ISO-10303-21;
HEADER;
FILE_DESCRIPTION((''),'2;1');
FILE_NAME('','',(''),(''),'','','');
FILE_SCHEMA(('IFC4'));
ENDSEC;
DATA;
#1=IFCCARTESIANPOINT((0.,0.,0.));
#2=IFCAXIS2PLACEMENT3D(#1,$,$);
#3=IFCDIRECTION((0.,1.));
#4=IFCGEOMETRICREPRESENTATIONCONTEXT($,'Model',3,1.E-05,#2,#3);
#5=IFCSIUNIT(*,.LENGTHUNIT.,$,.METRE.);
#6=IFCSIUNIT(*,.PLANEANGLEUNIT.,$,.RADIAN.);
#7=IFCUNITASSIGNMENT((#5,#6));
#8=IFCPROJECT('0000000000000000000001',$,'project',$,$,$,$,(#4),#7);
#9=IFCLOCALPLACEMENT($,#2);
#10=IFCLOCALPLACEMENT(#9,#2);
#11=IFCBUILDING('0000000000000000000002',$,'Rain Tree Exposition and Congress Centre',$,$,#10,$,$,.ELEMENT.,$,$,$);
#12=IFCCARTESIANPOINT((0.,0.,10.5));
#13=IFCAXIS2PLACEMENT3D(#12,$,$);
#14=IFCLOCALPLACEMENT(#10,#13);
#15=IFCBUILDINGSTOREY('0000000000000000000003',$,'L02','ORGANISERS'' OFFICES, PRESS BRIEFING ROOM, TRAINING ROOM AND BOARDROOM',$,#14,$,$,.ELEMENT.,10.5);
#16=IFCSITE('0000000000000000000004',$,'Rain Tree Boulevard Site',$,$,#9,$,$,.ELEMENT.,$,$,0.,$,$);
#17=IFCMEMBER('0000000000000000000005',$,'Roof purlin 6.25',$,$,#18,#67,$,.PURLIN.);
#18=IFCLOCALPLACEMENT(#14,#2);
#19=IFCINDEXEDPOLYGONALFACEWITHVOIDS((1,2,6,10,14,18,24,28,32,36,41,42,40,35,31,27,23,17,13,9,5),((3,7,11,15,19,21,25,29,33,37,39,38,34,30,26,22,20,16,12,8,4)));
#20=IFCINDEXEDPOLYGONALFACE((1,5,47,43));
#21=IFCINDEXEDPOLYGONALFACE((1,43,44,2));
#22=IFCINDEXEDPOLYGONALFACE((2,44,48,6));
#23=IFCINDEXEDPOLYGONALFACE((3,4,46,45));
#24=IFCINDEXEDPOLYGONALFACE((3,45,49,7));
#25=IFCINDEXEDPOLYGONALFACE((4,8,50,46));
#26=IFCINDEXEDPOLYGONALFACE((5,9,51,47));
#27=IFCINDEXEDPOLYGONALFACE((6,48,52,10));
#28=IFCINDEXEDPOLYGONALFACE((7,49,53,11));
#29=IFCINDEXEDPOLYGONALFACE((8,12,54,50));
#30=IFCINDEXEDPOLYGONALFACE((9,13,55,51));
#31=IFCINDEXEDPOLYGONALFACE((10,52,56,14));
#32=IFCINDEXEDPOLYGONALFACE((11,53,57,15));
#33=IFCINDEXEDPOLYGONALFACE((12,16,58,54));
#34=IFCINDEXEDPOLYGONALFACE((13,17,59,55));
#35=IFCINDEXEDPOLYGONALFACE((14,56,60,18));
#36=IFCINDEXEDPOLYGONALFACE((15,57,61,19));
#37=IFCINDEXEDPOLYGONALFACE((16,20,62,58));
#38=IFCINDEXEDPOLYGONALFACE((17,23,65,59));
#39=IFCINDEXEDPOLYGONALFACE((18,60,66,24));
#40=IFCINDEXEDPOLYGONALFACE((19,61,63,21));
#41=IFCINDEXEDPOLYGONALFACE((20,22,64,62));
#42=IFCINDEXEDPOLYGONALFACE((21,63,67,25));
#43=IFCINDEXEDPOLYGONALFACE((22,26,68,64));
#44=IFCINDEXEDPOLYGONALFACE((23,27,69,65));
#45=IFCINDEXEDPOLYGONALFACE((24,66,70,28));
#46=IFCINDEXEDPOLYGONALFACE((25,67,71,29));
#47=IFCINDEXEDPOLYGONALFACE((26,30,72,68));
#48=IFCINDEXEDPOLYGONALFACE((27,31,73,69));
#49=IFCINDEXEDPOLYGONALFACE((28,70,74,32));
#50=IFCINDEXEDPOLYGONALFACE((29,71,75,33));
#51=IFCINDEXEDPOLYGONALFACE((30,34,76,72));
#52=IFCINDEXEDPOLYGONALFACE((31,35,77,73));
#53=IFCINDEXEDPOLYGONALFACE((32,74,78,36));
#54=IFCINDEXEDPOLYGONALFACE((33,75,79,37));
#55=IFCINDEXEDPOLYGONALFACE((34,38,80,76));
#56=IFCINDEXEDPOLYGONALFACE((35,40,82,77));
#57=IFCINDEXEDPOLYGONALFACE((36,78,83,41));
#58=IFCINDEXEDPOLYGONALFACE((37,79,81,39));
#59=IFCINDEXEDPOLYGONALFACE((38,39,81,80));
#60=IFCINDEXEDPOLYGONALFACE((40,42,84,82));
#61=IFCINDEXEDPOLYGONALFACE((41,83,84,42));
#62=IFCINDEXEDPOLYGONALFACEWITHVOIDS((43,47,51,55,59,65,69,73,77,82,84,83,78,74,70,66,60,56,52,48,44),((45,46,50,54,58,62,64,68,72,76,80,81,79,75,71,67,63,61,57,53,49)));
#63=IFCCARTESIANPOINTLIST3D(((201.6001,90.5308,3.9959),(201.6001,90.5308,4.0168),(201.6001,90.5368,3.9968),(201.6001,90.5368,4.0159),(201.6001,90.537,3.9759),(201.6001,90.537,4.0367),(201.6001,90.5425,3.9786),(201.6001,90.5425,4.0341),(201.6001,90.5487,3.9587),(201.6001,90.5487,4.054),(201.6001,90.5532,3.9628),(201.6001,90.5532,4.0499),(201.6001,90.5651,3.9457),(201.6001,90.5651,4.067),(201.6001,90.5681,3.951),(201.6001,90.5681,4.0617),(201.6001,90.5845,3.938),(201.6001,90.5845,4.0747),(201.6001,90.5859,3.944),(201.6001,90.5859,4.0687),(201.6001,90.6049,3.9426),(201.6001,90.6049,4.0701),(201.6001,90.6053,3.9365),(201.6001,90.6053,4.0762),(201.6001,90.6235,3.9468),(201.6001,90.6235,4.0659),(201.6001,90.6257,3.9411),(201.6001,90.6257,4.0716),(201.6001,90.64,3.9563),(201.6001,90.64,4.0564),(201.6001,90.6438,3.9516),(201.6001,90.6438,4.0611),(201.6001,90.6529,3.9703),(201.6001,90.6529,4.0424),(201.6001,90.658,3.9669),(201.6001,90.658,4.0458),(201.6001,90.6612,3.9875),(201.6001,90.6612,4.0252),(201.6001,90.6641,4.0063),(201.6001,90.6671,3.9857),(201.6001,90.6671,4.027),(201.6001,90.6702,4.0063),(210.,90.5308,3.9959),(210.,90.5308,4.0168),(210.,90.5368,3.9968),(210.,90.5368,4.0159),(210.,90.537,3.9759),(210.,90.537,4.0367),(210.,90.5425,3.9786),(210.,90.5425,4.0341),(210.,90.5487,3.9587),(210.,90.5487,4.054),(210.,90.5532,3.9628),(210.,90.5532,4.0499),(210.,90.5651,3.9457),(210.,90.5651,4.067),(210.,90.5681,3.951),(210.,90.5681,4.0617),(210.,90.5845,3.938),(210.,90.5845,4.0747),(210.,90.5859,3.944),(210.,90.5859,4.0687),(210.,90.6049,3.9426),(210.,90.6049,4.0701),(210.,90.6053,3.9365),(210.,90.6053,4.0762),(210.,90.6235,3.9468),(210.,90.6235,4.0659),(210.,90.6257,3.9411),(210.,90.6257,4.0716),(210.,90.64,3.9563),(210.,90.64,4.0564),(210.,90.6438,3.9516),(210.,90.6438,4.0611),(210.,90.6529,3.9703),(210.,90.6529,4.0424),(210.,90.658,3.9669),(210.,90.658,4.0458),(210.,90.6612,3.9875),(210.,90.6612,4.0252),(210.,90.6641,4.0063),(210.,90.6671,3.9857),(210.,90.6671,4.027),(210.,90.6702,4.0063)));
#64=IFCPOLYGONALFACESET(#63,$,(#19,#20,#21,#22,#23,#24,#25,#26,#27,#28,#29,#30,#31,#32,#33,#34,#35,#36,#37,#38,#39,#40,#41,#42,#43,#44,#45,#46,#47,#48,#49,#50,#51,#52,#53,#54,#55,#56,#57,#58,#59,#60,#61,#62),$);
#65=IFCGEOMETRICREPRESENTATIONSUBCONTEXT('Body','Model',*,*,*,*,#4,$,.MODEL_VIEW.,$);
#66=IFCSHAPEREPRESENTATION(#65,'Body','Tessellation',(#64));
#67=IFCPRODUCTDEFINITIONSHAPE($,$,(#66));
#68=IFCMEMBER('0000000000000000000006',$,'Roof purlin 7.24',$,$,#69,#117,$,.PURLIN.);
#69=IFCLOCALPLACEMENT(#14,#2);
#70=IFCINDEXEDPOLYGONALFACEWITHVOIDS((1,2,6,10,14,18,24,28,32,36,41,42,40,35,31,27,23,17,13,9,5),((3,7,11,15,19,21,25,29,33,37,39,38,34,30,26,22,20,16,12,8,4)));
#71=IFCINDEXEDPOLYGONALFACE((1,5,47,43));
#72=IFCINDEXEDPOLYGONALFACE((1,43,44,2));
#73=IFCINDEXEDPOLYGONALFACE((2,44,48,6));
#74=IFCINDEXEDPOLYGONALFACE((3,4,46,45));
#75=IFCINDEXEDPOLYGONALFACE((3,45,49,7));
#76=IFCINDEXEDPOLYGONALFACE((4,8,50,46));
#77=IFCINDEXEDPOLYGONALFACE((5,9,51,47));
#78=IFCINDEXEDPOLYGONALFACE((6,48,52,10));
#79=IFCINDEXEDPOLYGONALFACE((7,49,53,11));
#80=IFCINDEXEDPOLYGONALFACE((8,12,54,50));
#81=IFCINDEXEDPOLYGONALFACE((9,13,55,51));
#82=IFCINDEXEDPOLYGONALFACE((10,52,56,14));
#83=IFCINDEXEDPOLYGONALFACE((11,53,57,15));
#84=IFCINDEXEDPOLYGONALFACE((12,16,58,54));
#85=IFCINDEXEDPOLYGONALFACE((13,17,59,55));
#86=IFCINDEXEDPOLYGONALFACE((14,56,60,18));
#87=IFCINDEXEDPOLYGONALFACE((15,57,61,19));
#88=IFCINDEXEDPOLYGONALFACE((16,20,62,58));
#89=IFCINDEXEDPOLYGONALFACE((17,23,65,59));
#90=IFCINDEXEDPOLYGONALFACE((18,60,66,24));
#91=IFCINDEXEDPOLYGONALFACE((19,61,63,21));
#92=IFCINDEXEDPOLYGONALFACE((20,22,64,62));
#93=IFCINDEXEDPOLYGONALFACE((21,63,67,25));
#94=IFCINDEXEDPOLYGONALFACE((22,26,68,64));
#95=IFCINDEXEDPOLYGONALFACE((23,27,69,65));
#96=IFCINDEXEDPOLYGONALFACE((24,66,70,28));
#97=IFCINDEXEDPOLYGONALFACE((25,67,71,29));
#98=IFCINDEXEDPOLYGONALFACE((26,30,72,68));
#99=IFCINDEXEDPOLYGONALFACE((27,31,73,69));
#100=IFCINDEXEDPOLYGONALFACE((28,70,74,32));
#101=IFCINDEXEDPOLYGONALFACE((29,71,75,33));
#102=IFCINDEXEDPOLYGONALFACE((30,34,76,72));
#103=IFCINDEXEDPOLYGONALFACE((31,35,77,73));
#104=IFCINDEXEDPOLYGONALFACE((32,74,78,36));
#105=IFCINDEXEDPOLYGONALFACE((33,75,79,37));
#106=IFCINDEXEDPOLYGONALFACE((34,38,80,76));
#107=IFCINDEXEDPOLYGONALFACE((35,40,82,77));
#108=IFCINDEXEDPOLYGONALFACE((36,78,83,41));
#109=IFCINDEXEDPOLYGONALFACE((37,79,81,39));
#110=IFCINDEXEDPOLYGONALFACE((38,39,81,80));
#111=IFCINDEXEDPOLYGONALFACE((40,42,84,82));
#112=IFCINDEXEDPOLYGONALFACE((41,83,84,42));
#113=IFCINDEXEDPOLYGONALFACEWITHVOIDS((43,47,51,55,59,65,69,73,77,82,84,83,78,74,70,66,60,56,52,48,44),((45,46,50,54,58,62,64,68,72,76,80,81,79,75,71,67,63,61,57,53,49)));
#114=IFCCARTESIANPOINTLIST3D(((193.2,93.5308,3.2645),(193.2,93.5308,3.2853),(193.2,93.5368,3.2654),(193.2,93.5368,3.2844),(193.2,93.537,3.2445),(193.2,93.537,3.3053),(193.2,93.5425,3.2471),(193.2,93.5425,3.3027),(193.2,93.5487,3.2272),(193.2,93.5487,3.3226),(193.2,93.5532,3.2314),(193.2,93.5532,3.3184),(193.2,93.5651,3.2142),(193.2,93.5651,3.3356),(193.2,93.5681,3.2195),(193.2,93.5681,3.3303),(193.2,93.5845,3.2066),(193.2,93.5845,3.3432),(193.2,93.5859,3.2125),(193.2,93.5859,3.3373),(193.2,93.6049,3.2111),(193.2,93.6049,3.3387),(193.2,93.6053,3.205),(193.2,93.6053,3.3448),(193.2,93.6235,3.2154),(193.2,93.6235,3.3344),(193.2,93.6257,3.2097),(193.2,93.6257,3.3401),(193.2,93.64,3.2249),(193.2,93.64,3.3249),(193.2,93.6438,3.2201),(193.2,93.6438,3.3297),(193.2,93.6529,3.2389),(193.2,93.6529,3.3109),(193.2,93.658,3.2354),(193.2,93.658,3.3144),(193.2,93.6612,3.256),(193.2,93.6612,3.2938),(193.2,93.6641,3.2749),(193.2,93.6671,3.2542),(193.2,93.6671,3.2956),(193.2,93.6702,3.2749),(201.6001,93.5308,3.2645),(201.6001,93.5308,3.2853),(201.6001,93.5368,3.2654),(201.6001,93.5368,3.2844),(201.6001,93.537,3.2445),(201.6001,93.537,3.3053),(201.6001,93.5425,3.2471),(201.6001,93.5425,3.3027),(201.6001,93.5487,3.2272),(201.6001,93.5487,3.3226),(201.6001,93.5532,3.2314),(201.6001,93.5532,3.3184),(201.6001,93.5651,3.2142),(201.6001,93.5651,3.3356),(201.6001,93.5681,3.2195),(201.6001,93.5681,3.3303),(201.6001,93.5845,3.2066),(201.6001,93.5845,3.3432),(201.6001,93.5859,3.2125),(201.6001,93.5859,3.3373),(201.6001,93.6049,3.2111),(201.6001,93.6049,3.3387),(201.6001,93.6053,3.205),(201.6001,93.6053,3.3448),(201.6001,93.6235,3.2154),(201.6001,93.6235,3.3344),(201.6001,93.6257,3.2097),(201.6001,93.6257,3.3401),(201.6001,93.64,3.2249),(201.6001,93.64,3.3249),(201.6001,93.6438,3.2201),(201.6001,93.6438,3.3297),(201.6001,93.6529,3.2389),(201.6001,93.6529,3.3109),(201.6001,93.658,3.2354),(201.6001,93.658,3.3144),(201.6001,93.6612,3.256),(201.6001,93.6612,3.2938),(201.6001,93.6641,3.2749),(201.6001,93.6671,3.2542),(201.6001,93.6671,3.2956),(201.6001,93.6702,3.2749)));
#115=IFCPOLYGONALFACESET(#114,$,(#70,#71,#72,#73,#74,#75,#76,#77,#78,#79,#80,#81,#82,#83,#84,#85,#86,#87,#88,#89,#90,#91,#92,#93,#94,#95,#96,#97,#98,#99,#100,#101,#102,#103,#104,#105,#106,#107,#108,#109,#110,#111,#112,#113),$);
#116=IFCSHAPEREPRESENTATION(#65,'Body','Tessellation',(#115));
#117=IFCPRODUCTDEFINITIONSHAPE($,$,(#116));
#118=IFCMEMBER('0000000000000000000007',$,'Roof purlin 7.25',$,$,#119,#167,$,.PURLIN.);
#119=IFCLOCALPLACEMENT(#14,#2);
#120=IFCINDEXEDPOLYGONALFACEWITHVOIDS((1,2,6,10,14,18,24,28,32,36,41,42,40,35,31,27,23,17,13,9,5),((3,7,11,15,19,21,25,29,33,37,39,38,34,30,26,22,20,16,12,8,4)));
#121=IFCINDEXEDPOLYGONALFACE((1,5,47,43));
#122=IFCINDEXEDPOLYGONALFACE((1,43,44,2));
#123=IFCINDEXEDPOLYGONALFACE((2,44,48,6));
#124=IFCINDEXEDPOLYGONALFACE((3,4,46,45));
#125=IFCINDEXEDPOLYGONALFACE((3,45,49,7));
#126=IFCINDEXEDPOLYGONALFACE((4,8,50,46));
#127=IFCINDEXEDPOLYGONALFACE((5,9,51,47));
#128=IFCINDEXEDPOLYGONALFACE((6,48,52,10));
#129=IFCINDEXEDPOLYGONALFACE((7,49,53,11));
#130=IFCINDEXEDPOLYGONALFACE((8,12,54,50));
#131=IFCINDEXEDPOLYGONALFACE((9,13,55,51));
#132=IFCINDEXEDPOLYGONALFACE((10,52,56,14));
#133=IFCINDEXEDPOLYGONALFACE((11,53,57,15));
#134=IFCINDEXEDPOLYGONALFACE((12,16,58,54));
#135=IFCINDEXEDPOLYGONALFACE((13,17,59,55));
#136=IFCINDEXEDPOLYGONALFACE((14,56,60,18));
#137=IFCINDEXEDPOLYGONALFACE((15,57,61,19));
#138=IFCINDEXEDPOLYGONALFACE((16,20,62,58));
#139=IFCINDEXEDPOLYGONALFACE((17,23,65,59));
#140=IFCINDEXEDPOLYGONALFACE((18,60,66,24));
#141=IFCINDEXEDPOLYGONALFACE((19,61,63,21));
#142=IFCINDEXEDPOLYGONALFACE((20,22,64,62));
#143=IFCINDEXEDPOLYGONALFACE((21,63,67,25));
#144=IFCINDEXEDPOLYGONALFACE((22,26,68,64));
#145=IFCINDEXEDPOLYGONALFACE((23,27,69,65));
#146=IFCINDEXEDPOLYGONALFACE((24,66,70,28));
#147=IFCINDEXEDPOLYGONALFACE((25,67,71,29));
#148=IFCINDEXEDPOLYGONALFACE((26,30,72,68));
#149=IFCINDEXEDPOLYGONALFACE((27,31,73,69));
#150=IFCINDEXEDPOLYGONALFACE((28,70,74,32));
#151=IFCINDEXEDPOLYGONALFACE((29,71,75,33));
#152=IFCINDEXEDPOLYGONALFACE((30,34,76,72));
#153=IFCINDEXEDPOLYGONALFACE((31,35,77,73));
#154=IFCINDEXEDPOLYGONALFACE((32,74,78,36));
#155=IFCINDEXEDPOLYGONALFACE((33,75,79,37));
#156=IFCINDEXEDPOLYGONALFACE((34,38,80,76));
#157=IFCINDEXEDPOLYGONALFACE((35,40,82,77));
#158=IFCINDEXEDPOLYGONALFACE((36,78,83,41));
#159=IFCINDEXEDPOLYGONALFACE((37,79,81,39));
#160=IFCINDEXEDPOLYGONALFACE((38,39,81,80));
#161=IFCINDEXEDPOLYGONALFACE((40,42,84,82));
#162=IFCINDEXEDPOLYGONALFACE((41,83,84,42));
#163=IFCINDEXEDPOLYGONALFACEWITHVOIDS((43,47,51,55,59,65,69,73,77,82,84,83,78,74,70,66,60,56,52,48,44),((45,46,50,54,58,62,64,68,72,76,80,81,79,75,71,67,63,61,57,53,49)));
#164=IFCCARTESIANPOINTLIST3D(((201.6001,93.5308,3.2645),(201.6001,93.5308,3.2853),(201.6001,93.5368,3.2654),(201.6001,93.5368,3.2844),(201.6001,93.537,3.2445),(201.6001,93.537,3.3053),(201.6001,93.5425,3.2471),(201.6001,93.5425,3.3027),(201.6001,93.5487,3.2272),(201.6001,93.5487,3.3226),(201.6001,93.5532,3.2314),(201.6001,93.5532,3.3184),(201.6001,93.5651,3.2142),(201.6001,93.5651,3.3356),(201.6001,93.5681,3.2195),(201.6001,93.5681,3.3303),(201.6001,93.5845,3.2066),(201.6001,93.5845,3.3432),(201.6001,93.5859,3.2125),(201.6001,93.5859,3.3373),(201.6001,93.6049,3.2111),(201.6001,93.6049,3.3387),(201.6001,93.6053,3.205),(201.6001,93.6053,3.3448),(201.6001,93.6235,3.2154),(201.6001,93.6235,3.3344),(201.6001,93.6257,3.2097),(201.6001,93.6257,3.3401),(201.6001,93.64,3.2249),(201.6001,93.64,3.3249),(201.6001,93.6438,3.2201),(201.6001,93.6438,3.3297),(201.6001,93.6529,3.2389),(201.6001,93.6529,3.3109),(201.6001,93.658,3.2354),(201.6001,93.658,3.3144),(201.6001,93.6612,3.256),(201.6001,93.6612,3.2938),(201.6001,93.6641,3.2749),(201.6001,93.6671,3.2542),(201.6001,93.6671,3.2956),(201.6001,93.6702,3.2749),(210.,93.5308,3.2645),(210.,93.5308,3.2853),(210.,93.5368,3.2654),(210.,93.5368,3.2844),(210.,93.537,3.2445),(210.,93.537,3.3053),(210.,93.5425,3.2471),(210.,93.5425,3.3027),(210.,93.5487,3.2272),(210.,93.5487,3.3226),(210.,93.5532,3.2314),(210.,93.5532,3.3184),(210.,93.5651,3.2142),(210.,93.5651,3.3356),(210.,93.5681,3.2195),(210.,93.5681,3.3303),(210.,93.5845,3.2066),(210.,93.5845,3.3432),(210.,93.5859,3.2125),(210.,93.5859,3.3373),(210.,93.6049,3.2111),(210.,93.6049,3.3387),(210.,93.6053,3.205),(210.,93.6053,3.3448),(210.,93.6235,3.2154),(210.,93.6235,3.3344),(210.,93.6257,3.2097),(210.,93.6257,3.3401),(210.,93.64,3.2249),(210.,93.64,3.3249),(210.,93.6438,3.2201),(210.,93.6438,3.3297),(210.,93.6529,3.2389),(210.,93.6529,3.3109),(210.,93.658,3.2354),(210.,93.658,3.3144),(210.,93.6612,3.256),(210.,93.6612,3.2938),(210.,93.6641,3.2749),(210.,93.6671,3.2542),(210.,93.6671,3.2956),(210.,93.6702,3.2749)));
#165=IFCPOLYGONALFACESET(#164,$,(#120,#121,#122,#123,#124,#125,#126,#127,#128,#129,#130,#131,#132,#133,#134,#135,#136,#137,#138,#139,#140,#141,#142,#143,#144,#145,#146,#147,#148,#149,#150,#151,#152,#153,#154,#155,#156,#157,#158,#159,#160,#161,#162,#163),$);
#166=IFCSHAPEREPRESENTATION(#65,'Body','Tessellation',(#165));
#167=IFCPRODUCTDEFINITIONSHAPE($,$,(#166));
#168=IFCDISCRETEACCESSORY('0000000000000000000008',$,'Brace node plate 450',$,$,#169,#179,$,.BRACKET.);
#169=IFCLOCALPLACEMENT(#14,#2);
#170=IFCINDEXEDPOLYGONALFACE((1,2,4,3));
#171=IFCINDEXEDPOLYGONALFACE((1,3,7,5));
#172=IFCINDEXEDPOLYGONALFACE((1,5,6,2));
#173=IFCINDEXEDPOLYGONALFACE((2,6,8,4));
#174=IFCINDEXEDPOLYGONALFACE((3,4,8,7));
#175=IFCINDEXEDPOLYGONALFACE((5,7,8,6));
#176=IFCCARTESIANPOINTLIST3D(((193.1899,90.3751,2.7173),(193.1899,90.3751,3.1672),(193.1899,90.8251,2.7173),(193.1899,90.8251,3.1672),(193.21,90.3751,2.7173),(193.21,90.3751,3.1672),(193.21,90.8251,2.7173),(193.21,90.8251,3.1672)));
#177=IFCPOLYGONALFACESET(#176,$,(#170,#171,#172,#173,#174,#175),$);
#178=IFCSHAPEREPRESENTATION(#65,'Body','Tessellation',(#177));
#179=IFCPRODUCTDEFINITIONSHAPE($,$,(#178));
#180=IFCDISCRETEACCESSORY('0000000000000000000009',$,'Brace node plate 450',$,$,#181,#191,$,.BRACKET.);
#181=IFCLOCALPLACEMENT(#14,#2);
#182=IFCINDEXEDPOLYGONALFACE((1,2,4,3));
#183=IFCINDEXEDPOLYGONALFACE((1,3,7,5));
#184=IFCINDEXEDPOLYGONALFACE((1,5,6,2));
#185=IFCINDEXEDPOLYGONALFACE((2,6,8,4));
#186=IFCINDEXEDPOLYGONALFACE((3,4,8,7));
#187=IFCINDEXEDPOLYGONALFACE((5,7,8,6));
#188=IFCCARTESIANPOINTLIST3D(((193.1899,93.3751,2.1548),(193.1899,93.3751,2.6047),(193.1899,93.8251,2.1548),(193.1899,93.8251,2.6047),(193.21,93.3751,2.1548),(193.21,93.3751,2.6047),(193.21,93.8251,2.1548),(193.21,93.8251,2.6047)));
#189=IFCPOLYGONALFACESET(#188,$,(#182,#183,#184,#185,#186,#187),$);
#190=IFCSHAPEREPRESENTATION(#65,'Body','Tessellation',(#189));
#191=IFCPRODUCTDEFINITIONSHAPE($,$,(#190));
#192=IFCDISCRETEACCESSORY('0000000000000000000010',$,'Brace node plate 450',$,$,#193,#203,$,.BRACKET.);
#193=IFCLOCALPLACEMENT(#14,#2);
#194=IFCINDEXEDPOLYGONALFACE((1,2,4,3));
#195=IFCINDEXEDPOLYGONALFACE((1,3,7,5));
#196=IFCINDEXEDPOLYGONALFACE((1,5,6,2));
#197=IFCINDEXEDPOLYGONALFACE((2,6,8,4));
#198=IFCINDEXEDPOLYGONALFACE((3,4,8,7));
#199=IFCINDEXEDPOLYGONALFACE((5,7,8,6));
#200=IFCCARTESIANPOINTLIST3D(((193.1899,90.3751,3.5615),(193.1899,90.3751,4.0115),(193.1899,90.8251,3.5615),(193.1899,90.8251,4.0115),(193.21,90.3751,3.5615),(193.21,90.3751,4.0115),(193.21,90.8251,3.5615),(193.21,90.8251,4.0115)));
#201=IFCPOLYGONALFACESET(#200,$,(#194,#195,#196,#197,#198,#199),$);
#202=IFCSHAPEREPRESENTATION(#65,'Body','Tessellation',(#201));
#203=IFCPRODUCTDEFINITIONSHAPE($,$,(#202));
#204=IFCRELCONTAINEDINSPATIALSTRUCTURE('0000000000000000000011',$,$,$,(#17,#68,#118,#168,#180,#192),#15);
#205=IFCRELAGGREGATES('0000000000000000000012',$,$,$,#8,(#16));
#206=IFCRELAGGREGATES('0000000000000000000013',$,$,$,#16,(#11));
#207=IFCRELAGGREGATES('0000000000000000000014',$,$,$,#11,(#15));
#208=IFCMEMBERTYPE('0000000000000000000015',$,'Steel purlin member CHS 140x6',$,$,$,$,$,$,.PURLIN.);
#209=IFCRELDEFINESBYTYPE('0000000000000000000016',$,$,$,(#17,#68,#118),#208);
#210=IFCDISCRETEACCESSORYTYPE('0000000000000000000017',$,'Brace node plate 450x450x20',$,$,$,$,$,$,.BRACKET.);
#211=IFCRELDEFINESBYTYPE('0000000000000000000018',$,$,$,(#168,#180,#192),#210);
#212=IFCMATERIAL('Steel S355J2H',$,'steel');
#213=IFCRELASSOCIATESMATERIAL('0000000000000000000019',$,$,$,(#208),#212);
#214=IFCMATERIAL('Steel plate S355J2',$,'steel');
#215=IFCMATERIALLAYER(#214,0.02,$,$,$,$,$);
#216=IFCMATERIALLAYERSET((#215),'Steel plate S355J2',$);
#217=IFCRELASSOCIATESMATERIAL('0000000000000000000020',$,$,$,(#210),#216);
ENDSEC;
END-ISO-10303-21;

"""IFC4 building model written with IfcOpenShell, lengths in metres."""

from ifc_helpers import new_model, si_unit, direction, frame, origin, origin_2d, place, context, subcontext, project, spatial, rectangle, hollow_circle, extrude, material, layer, layer_set, material_profile, profile_set, type_object, element, save


model = new_model("IFC4")

# Units and contexts
model_context = context("Model", 3, precision=1e-05, world=origin(), true_north=direction((0.0, 1.0)))
body_context = subcontext(model_context, "Body", "Model", "MODEL_VIEW")
ifc_project = project(units=[si_unit("LENGTHUNIT", "METRE"), si_unit("PLANEANGLEUNIT", "RADIAN")], contexts=[model_context])

# Site, building, storey
site_placement = place(None, origin())
site = spatial("IfcSite", under=ifc_project, at=site_placement, Name="Rain Tree Boulevard Site", CompositionType="ELEMENT", RefElevation=0.0)
building_placement = place(site_placement, origin())
building = spatial("IfcBuilding", under=site, at=building_placement, Name="Rain Tree Exposition and Congress Centre", CompositionType="ELEMENT")
storey_placement = place(building_placement, frame((0.0, 0.0, 10.5)))
storey = spatial("IfcBuildingStorey", under=building, at=storey_placement, Name="L02", Description="ORGANISERS' OFFICES, PRESS BRIEFING ROOM, TRAINING ROOM AND BOARDROOM", CompositionType="ELEMENT", Elevation=10.5)

# Members
ifc_material_1 = material(Name="Steel S355J2H", Category="steel")
ifc_material_profile_1 = material_profile(ifc_material_1, hollow_circle(Radius=0.0701, WallThickness=0.0061, at=origin_2d()), Name="CHS 140x6")
ifc_profile_set_1 = profile_set([ifc_material_profile_1], Name="Steel S355J2H")
member_type_1 = type_object("IfcMemberType", Name="Steel purlin member CHS 140x6", PredefinedType="PURLIN", material=ifc_profile_set_1)
member_1_placement = place(storey_placement, frame((201.6001, 90.6001, 4.0063), z_axis=(1.0, 0.0, 0.0), x_axis=(0.0, 1.0, 0.0)))
element("IfcMember", 1, at=member_1_placement, inside=storey, type_object=member_type_1, Name="Roof purlin 6.25", PredefinedType="PURLIN", context=body_context, shape_type="SweptSolid", body=[
    extrude(hollow_circle(Radius=0.0701, WallThickness=0.0061, at=origin_2d()), origin(), (0.0, 0.0, 1.0), 8.3999),
])
member_2_placement = place(storey_placement, frame((193.2, 93.6001, 3.2749), z_axis=(1.0, 0.0, 0.0), x_axis=(0.0, 1.0, 0.0)))
element("IfcMember", 2, at=member_2_placement, inside=storey, type_object=member_type_1, Name="Roof purlin 7.24", PredefinedType="PURLIN", context=body_context, shape_type="SweptSolid", body=[
    extrude(hollow_circle(Radius=0.0701, WallThickness=0.0061, at=origin_2d()), origin(), (0.0, 0.0, 1.0), 8.4001),
])
member_3_placement = place(storey_placement, frame((201.6001, 93.6001, 3.2749), z_axis=(1.0, 0.0, 0.0), x_axis=(0.0, 1.0, 0.0)))
element("IfcMember", 3, at=member_3_placement, inside=storey, type_object=member_type_1, Name="Roof purlin 7.25", PredefinedType="PURLIN", context=body_context, shape_type="SweptSolid", body=[
    extrude(hollow_circle(Radius=0.0701, WallThickness=0.0061, at=origin_2d()), origin(), (0.0, 0.0, 1.0), 8.3999),
])

# Discrete accessories
ifc_material_2 = material(Name="Steel plate S355J2", Category="steel")
ifc_layer = layer(ifc_material_2, 0.02)
ifc_layer_set = layer_set([ifc_layer], Name="Steel plate S355J2")
discrete_accessory_type = type_object("IfcDiscreteAccessoryType", Name="Brace node plate 450x450x20", PredefinedType="BRACKET", material=ifc_layer_set)
for number, where, z_axis, x_axis, name in (
    (4, (193.2, 90.6001, 2.7173), (0.0, 0.0, 1.0), (0.0, -1.0, 0.0), "Brace node plate 450"),
    (5, (193.2, 93.6001, 2.1548), (0.0, 0.0, 1.0), (0.0, -1.0, 0.0), "Brace node plate 450"),
    (6, (193.2, 90.6001, 3.5615), (0.0, 0.0, 1.0), (0.0, 1.0, 0.0), "Brace node plate 450"),
):
    element("IfcDiscreteAccessory", number, at=place(storey_placement, frame(where, z_axis=z_axis, x_axis=x_axis)), inside=storey, type_object=discrete_accessory_type, Name=name, PredefinedType="BRACKET", context=body_context, shape_type="SweptSolid", body=[
        extrude(rectangle(XDim=0.45, YDim=0.02, at=origin_2d()), origin(), (0.0, 0.0, 1.0), 0.45),
    ])

save(model, "model.ifc")
